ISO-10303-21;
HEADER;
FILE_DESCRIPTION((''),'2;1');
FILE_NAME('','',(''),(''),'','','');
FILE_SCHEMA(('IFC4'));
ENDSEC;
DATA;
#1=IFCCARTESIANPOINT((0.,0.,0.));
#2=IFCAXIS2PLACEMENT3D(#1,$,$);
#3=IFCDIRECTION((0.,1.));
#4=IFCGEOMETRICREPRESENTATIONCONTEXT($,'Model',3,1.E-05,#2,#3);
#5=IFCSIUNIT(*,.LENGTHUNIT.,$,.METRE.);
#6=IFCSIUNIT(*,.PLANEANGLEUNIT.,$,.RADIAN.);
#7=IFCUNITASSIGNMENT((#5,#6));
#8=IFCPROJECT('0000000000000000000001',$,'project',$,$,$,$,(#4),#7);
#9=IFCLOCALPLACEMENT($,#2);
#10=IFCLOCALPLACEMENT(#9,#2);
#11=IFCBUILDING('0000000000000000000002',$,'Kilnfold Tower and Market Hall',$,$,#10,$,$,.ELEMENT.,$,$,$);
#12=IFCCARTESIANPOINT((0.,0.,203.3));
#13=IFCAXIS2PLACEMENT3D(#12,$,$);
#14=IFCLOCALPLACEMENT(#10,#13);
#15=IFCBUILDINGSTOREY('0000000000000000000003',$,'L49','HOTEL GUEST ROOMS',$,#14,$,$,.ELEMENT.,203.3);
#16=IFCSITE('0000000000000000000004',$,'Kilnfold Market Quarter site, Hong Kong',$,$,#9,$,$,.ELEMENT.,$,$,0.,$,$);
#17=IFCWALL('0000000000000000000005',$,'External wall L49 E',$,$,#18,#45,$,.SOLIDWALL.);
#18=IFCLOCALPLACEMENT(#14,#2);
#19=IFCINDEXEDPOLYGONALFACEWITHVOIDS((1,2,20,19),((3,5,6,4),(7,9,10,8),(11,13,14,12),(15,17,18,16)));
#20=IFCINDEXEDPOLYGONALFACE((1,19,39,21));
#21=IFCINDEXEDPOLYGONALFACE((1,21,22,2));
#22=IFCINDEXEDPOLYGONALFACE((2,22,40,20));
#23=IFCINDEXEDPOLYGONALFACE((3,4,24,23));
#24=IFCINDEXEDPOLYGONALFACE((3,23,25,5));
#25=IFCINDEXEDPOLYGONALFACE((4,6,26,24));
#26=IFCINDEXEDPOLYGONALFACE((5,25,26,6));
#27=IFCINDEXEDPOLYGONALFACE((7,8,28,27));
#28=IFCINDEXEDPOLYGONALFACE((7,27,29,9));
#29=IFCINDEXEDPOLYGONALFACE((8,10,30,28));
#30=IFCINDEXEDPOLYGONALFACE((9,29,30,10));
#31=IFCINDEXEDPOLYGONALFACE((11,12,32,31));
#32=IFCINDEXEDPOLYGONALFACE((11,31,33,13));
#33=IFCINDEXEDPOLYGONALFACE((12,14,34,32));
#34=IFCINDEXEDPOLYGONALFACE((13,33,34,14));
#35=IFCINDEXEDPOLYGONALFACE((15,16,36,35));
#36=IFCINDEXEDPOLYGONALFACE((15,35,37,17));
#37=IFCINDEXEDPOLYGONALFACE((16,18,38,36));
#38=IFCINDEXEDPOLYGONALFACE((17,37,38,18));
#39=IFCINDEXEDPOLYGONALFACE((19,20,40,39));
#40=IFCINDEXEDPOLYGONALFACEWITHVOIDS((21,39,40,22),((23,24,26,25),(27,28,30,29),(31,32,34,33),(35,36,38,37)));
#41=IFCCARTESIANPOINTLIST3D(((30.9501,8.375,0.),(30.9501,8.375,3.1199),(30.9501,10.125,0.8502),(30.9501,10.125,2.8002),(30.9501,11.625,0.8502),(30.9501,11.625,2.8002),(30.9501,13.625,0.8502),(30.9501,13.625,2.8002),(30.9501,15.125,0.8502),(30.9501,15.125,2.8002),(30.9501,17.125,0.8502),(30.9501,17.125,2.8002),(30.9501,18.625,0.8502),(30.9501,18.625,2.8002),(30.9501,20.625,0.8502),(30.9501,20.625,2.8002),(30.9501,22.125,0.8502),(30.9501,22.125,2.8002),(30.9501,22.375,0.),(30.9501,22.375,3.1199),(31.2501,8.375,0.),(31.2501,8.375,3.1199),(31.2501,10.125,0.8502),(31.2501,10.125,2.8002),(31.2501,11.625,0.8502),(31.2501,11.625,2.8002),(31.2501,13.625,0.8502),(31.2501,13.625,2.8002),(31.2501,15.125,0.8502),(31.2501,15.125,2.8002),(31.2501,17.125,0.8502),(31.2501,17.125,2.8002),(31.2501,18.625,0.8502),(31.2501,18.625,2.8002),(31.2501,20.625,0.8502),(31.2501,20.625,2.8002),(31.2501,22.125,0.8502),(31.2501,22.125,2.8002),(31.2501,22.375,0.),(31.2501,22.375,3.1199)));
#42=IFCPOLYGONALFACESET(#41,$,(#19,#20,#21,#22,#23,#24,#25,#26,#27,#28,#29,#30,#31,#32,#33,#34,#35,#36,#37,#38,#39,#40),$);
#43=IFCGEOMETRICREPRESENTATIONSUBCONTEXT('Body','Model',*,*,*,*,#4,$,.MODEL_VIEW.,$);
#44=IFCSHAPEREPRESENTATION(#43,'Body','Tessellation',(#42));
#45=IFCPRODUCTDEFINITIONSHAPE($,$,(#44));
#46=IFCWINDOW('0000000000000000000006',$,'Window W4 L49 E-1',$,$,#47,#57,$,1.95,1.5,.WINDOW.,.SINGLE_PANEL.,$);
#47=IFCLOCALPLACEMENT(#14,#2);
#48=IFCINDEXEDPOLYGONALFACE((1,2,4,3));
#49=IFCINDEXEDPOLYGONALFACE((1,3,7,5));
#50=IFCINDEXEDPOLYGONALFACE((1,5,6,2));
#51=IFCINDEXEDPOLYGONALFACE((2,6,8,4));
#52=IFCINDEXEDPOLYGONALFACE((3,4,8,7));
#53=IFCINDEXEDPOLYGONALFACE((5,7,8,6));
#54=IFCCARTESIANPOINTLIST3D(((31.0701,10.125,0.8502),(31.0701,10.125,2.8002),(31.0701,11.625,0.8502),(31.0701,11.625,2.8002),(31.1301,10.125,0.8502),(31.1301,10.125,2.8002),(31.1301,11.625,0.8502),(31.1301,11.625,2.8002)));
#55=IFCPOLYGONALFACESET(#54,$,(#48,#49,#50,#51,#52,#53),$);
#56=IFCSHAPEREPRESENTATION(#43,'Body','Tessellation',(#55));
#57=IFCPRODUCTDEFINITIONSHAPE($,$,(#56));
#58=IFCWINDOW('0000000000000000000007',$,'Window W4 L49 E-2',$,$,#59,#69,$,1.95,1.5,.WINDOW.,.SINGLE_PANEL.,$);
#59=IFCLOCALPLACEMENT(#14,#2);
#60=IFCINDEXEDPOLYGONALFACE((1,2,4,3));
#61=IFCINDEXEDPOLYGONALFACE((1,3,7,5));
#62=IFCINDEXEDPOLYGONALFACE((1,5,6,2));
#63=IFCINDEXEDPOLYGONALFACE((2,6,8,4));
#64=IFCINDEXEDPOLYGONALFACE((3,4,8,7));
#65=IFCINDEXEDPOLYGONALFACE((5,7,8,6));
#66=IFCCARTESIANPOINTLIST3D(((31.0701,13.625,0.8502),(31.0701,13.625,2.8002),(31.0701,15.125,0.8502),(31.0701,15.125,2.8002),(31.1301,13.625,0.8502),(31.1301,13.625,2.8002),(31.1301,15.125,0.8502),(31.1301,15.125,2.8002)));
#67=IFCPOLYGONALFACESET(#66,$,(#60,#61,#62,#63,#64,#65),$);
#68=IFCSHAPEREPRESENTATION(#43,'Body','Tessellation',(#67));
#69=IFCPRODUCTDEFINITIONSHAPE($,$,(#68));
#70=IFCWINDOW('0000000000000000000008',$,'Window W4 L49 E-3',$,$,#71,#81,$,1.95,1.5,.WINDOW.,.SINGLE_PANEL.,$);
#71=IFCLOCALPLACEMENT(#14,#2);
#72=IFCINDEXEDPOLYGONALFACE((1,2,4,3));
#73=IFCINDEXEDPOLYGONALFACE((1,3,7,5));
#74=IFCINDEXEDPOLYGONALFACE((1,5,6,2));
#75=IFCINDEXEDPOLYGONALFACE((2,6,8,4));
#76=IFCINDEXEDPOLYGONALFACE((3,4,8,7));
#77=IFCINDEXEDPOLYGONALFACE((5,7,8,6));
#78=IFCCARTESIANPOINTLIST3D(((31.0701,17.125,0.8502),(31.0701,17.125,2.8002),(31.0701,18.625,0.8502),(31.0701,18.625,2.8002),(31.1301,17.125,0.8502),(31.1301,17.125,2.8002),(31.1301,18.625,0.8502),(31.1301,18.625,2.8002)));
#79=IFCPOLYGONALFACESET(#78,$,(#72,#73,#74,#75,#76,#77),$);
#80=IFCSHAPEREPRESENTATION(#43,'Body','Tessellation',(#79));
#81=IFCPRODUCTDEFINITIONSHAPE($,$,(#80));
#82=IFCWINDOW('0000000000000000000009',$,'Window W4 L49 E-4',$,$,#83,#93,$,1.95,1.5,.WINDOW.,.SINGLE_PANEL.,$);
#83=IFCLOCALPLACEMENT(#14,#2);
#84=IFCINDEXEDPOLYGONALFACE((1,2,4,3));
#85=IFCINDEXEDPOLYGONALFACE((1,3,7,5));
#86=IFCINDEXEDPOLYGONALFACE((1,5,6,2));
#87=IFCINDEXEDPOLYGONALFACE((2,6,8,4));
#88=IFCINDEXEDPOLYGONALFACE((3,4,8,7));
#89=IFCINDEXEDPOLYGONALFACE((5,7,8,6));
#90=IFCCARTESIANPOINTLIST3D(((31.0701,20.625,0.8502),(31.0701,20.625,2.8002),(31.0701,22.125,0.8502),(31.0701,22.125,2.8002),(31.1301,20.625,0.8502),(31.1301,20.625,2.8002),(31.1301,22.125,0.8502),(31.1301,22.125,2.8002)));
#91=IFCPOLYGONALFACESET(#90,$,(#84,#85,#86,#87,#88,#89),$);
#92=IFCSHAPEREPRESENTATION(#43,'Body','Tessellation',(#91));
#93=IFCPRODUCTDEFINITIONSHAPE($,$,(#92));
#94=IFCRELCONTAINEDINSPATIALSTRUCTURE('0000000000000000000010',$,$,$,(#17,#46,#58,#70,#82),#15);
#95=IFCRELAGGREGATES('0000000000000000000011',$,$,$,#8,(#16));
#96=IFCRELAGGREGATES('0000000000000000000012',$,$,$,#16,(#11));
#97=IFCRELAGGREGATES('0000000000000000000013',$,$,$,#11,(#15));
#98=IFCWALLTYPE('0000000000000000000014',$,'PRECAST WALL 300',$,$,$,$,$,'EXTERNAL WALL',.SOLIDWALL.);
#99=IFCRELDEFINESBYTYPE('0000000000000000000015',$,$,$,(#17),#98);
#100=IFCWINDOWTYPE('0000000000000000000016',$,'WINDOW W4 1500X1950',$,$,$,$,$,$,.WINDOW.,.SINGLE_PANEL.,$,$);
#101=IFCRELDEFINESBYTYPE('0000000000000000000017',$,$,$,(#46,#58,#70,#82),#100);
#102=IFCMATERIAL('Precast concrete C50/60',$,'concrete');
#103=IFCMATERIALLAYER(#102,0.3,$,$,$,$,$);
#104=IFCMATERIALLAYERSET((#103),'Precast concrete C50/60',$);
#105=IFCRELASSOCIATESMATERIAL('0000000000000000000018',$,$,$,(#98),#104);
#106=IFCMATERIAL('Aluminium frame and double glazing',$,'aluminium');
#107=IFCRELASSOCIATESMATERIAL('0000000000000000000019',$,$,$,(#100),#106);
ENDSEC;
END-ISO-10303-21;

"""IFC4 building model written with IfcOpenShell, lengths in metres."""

from ifc_helpers import new_model, si_unit, direction, frame, frame_2d, origin, place, context, subcontext, project, spatial, rectangle, extrude, source, transform, mapped, material, layer, layer_set, type_object, element, fill, save


model = new_model("IFC4")

# Units and contexts
model_context = context("Model", 3, precision=1e-05, world=origin(), true_north=direction((0.0, 1.0)))
body_context = subcontext(model_context, "Body", "Model", "MODEL_VIEW")
ifc_project = project(units=[si_unit("LENGTHUNIT", "METRE"), si_unit("PLANEANGLEUNIT", "RADIAN")], contexts=[model_context])

# Site, building, storey
site_placement = place(None, origin())
site = spatial("IfcSite", under=ifc_project, at=site_placement, Name="Kilnfold Market Quarter site, Hong Kong", CompositionType="ELEMENT", RefElevation=0.0)
building_placement = place(site_placement, origin())
building = spatial("IfcBuilding", under=site, at=building_placement, Name="Kilnfold Tower and Market Hall", CompositionType="ELEMENT")
storey_placement = place(building_placement, frame((0.0, 0.0, 203.3)))
storey = spatial("IfcBuildingStorey", under=building, at=storey_placement, Name="L49", Description="HOTEL GUEST ROOMS", CompositionType="ELEMENT", Elevation=203.3)

# Wall, openings, windows
ifc_material_1 = material(Name="Precast concrete C50/60", Category="concrete")
ifc_layer_1 = layer(ifc_material_1, 0.3)
ifc_layer_set_1 = layer_set([ifc_layer_1], Name="Precast concrete C50/60")
wall_type_1 = type_object("IfcWallType", Name="PRECAST WALL 300", ElementType="EXTERNAL WALL", PredefinedType="SOLIDWALL", material=ifc_layer_set_1)
shared_shape_1 = source(origin(), body_context, "Body", "SweptSolid", [
    extrude(rectangle(XDim=14.0, YDim=0.3, at=frame_2d((7.0, 0.0))), origin(), (0.0, 0.0, 1.0), 3.1199),
])
wall_1_placement = place(storey_placement, frame((31.1001, 8.375, 0.0), z_axis=(0.0, 0.0, 1.0), x_axis=(0.0, 1.0, 0.0)))
wall_1 = element("IfcWall", 1, at=wall_1_placement, inside=storey, type_object=wall_type_1, Name="External wall L49 E", PredefinedType="SOLIDWALL", context=body_context, shape_type="MappedRepresentation", body=[
    mapped(shared_shape_1, transform((0.0, 0.0, 0.0))),
])
opening_1_placement = place(wall_1_placement, frame((1.75, 0.0, 0.8501)))
opening_1 = element("IfcOpeningElement", 2, at=opening_1_placement, cuts=wall_1, PredefinedType="OPENING", context=body_context, shape_type="SweptSolid", body=[
    extrude(rectangle(XDim=1.5, YDim=1.95, at=frame_2d((0.75, 0.9751))), frame((0.0, 0.1602, 0.0), z_axis=(0.0, -1.0, 0.0), x_axis=(1.0, 0.0, 0.0)), (0.0, 0.0, 1.0), 0.3201),
])
opening_2_placement = place(wall_1_placement, frame((5.25, 0.0, 0.8501)))
opening_2 = element("IfcOpeningElement", 3, at=opening_2_placement, cuts=wall_1, PredefinedType="OPENING", context=body_context, shape_type="SweptSolid", body=[
    extrude(rectangle(XDim=1.5, YDim=1.95, at=frame_2d((0.75, 0.9751))), frame((0.0, 0.1602, 0.0), z_axis=(0.0, -1.0, 0.0), x_axis=(1.0, 0.0, 0.0)), (0.0, 0.0, 1.0), 0.3201),
])
opening_3_placement = place(wall_1_placement, frame((8.75, 0.0, 0.8501)))
opening_3 = element("IfcOpeningElement", 4, at=opening_3_placement, cuts=wall_1, PredefinedType="OPENING", context=body_context, shape_type="SweptSolid", body=[
    extrude(rectangle(XDim=1.5, YDim=1.95, at=frame_2d((0.75, 0.9751))), frame((0.0, 0.1602, 0.0), z_axis=(0.0, -1.0, 0.0), x_axis=(1.0, 0.0, 0.0)), (0.0, 0.0, 1.0), 0.3201),
])
opening_4_placement = place(wall_1_placement, frame((12.25, 0.0, 0.8501)))
opening_4 = element("IfcOpeningElement", 5, at=opening_4_placement, cuts=wall_1, PredefinedType="OPENING", context=body_context, shape_type="SweptSolid", body=[
    extrude(rectangle(XDim=1.5, YDim=1.95, at=frame_2d((0.75, 0.9751))), frame((0.0, 0.1602, 0.0), z_axis=(0.0, -1.0, 0.0), x_axis=(1.0, 0.0, 0.0)), (0.0, 0.0, 1.0), 0.3201),
])
ifc_material_2 = material(Name="Aluminium frame and double glazing", Category="aluminium")
window_type = type_object("IfcWindowType", Name="WINDOW W4 1500X1950", PartitioningType="SINGLE_PANEL", PredefinedType="WINDOW", material=ifc_material_2)
window_1_placement = place(opening_1_placement, origin())
window_1 = element("IfcWindow", 6, at=window_1_placement, inside=storey, type_object=window_type, Name="Window W4 L49 E-1", OverallHeight=1.95, OverallWidth=1.5, PartitioningType="SINGLE_PANEL", PredefinedType="WINDOW", context=body_context, shape_type="SweptSolid", body=[
    extrude(rectangle(XDim=1.5, YDim=1.95, at=frame_2d((0.75, 0.9751))), frame((0.0, 0.03, 0.0), z_axis=(0.0, -1.0, 0.0), x_axis=(1.0, 0.0, 0.0)), (0.0, 0.0, 1.0), 0.0601),
])
fill(opening_1, window_1)
window_2_placement = place(opening_2_placement, origin())
window_2 = element("IfcWindow", 7, at=window_2_placement, inside=storey, type_object=window_type, Name="Window W4 L49 E-2", OverallHeight=1.95, OverallWidth=1.5, PartitioningType="SINGLE_PANEL", PredefinedType="WINDOW", context=body_context, shape_type="SweptSolid", body=[
    extrude(rectangle(XDim=1.5, YDim=1.95, at=frame_2d((0.75, 0.9751))), frame((0.0, 0.03, 0.0), z_axis=(0.0, -1.0, 0.0), x_axis=(1.0, 0.0, 0.0)), (0.0, 0.0, 1.0), 0.0601),
])
fill(opening_2, window_2)
window_3_placement = place(opening_3_placement, origin())
window_3 = element("IfcWindow", 8, at=window_3_placement, inside=storey, type_object=window_type, Name="Window W4 L49 E-3", OverallHeight=1.95, OverallWidth=1.5, PartitioningType="SINGLE_PANEL", PredefinedType="WINDOW", context=body_context, shape_type="SweptSolid", body=[
    extrude(rectangle(XDim=1.5, YDim=1.95, at=frame_2d((0.75, 0.9751))), frame((0.0, 0.03, 0.0), z_axis=(0.0, -1.0, 0.0), x_axis=(1.0, 0.0, 0.0)), (0.0, 0.0, 1.0), 0.0601),
])
fill(opening_3, window_3)
window_4_placement = place(opening_4_placement, origin())
window_4 = element("IfcWindow", 9, at=window_4_placement, inside=storey, type_object=window_type, Name="Window W4 L49 E-4", OverallHeight=1.95, OverallWidth=1.5, PartitioningType="SINGLE_PANEL", PredefinedType="WINDOW", context=body_context, shape_type="SweptSolid", body=[
    extrude(rectangle(XDim=1.5, YDim=1.95, at=frame_2d((0.75, 0.9751))), frame((0.0, 0.03, 0.0), z_axis=(0.0, -1.0, 0.0), x_axis=(1.0, 0.0, 0.0)), (0.0, 0.0, 1.0), 0.0601),
])
fill(opening_4, window_4)

save(model, "model.ifc")
